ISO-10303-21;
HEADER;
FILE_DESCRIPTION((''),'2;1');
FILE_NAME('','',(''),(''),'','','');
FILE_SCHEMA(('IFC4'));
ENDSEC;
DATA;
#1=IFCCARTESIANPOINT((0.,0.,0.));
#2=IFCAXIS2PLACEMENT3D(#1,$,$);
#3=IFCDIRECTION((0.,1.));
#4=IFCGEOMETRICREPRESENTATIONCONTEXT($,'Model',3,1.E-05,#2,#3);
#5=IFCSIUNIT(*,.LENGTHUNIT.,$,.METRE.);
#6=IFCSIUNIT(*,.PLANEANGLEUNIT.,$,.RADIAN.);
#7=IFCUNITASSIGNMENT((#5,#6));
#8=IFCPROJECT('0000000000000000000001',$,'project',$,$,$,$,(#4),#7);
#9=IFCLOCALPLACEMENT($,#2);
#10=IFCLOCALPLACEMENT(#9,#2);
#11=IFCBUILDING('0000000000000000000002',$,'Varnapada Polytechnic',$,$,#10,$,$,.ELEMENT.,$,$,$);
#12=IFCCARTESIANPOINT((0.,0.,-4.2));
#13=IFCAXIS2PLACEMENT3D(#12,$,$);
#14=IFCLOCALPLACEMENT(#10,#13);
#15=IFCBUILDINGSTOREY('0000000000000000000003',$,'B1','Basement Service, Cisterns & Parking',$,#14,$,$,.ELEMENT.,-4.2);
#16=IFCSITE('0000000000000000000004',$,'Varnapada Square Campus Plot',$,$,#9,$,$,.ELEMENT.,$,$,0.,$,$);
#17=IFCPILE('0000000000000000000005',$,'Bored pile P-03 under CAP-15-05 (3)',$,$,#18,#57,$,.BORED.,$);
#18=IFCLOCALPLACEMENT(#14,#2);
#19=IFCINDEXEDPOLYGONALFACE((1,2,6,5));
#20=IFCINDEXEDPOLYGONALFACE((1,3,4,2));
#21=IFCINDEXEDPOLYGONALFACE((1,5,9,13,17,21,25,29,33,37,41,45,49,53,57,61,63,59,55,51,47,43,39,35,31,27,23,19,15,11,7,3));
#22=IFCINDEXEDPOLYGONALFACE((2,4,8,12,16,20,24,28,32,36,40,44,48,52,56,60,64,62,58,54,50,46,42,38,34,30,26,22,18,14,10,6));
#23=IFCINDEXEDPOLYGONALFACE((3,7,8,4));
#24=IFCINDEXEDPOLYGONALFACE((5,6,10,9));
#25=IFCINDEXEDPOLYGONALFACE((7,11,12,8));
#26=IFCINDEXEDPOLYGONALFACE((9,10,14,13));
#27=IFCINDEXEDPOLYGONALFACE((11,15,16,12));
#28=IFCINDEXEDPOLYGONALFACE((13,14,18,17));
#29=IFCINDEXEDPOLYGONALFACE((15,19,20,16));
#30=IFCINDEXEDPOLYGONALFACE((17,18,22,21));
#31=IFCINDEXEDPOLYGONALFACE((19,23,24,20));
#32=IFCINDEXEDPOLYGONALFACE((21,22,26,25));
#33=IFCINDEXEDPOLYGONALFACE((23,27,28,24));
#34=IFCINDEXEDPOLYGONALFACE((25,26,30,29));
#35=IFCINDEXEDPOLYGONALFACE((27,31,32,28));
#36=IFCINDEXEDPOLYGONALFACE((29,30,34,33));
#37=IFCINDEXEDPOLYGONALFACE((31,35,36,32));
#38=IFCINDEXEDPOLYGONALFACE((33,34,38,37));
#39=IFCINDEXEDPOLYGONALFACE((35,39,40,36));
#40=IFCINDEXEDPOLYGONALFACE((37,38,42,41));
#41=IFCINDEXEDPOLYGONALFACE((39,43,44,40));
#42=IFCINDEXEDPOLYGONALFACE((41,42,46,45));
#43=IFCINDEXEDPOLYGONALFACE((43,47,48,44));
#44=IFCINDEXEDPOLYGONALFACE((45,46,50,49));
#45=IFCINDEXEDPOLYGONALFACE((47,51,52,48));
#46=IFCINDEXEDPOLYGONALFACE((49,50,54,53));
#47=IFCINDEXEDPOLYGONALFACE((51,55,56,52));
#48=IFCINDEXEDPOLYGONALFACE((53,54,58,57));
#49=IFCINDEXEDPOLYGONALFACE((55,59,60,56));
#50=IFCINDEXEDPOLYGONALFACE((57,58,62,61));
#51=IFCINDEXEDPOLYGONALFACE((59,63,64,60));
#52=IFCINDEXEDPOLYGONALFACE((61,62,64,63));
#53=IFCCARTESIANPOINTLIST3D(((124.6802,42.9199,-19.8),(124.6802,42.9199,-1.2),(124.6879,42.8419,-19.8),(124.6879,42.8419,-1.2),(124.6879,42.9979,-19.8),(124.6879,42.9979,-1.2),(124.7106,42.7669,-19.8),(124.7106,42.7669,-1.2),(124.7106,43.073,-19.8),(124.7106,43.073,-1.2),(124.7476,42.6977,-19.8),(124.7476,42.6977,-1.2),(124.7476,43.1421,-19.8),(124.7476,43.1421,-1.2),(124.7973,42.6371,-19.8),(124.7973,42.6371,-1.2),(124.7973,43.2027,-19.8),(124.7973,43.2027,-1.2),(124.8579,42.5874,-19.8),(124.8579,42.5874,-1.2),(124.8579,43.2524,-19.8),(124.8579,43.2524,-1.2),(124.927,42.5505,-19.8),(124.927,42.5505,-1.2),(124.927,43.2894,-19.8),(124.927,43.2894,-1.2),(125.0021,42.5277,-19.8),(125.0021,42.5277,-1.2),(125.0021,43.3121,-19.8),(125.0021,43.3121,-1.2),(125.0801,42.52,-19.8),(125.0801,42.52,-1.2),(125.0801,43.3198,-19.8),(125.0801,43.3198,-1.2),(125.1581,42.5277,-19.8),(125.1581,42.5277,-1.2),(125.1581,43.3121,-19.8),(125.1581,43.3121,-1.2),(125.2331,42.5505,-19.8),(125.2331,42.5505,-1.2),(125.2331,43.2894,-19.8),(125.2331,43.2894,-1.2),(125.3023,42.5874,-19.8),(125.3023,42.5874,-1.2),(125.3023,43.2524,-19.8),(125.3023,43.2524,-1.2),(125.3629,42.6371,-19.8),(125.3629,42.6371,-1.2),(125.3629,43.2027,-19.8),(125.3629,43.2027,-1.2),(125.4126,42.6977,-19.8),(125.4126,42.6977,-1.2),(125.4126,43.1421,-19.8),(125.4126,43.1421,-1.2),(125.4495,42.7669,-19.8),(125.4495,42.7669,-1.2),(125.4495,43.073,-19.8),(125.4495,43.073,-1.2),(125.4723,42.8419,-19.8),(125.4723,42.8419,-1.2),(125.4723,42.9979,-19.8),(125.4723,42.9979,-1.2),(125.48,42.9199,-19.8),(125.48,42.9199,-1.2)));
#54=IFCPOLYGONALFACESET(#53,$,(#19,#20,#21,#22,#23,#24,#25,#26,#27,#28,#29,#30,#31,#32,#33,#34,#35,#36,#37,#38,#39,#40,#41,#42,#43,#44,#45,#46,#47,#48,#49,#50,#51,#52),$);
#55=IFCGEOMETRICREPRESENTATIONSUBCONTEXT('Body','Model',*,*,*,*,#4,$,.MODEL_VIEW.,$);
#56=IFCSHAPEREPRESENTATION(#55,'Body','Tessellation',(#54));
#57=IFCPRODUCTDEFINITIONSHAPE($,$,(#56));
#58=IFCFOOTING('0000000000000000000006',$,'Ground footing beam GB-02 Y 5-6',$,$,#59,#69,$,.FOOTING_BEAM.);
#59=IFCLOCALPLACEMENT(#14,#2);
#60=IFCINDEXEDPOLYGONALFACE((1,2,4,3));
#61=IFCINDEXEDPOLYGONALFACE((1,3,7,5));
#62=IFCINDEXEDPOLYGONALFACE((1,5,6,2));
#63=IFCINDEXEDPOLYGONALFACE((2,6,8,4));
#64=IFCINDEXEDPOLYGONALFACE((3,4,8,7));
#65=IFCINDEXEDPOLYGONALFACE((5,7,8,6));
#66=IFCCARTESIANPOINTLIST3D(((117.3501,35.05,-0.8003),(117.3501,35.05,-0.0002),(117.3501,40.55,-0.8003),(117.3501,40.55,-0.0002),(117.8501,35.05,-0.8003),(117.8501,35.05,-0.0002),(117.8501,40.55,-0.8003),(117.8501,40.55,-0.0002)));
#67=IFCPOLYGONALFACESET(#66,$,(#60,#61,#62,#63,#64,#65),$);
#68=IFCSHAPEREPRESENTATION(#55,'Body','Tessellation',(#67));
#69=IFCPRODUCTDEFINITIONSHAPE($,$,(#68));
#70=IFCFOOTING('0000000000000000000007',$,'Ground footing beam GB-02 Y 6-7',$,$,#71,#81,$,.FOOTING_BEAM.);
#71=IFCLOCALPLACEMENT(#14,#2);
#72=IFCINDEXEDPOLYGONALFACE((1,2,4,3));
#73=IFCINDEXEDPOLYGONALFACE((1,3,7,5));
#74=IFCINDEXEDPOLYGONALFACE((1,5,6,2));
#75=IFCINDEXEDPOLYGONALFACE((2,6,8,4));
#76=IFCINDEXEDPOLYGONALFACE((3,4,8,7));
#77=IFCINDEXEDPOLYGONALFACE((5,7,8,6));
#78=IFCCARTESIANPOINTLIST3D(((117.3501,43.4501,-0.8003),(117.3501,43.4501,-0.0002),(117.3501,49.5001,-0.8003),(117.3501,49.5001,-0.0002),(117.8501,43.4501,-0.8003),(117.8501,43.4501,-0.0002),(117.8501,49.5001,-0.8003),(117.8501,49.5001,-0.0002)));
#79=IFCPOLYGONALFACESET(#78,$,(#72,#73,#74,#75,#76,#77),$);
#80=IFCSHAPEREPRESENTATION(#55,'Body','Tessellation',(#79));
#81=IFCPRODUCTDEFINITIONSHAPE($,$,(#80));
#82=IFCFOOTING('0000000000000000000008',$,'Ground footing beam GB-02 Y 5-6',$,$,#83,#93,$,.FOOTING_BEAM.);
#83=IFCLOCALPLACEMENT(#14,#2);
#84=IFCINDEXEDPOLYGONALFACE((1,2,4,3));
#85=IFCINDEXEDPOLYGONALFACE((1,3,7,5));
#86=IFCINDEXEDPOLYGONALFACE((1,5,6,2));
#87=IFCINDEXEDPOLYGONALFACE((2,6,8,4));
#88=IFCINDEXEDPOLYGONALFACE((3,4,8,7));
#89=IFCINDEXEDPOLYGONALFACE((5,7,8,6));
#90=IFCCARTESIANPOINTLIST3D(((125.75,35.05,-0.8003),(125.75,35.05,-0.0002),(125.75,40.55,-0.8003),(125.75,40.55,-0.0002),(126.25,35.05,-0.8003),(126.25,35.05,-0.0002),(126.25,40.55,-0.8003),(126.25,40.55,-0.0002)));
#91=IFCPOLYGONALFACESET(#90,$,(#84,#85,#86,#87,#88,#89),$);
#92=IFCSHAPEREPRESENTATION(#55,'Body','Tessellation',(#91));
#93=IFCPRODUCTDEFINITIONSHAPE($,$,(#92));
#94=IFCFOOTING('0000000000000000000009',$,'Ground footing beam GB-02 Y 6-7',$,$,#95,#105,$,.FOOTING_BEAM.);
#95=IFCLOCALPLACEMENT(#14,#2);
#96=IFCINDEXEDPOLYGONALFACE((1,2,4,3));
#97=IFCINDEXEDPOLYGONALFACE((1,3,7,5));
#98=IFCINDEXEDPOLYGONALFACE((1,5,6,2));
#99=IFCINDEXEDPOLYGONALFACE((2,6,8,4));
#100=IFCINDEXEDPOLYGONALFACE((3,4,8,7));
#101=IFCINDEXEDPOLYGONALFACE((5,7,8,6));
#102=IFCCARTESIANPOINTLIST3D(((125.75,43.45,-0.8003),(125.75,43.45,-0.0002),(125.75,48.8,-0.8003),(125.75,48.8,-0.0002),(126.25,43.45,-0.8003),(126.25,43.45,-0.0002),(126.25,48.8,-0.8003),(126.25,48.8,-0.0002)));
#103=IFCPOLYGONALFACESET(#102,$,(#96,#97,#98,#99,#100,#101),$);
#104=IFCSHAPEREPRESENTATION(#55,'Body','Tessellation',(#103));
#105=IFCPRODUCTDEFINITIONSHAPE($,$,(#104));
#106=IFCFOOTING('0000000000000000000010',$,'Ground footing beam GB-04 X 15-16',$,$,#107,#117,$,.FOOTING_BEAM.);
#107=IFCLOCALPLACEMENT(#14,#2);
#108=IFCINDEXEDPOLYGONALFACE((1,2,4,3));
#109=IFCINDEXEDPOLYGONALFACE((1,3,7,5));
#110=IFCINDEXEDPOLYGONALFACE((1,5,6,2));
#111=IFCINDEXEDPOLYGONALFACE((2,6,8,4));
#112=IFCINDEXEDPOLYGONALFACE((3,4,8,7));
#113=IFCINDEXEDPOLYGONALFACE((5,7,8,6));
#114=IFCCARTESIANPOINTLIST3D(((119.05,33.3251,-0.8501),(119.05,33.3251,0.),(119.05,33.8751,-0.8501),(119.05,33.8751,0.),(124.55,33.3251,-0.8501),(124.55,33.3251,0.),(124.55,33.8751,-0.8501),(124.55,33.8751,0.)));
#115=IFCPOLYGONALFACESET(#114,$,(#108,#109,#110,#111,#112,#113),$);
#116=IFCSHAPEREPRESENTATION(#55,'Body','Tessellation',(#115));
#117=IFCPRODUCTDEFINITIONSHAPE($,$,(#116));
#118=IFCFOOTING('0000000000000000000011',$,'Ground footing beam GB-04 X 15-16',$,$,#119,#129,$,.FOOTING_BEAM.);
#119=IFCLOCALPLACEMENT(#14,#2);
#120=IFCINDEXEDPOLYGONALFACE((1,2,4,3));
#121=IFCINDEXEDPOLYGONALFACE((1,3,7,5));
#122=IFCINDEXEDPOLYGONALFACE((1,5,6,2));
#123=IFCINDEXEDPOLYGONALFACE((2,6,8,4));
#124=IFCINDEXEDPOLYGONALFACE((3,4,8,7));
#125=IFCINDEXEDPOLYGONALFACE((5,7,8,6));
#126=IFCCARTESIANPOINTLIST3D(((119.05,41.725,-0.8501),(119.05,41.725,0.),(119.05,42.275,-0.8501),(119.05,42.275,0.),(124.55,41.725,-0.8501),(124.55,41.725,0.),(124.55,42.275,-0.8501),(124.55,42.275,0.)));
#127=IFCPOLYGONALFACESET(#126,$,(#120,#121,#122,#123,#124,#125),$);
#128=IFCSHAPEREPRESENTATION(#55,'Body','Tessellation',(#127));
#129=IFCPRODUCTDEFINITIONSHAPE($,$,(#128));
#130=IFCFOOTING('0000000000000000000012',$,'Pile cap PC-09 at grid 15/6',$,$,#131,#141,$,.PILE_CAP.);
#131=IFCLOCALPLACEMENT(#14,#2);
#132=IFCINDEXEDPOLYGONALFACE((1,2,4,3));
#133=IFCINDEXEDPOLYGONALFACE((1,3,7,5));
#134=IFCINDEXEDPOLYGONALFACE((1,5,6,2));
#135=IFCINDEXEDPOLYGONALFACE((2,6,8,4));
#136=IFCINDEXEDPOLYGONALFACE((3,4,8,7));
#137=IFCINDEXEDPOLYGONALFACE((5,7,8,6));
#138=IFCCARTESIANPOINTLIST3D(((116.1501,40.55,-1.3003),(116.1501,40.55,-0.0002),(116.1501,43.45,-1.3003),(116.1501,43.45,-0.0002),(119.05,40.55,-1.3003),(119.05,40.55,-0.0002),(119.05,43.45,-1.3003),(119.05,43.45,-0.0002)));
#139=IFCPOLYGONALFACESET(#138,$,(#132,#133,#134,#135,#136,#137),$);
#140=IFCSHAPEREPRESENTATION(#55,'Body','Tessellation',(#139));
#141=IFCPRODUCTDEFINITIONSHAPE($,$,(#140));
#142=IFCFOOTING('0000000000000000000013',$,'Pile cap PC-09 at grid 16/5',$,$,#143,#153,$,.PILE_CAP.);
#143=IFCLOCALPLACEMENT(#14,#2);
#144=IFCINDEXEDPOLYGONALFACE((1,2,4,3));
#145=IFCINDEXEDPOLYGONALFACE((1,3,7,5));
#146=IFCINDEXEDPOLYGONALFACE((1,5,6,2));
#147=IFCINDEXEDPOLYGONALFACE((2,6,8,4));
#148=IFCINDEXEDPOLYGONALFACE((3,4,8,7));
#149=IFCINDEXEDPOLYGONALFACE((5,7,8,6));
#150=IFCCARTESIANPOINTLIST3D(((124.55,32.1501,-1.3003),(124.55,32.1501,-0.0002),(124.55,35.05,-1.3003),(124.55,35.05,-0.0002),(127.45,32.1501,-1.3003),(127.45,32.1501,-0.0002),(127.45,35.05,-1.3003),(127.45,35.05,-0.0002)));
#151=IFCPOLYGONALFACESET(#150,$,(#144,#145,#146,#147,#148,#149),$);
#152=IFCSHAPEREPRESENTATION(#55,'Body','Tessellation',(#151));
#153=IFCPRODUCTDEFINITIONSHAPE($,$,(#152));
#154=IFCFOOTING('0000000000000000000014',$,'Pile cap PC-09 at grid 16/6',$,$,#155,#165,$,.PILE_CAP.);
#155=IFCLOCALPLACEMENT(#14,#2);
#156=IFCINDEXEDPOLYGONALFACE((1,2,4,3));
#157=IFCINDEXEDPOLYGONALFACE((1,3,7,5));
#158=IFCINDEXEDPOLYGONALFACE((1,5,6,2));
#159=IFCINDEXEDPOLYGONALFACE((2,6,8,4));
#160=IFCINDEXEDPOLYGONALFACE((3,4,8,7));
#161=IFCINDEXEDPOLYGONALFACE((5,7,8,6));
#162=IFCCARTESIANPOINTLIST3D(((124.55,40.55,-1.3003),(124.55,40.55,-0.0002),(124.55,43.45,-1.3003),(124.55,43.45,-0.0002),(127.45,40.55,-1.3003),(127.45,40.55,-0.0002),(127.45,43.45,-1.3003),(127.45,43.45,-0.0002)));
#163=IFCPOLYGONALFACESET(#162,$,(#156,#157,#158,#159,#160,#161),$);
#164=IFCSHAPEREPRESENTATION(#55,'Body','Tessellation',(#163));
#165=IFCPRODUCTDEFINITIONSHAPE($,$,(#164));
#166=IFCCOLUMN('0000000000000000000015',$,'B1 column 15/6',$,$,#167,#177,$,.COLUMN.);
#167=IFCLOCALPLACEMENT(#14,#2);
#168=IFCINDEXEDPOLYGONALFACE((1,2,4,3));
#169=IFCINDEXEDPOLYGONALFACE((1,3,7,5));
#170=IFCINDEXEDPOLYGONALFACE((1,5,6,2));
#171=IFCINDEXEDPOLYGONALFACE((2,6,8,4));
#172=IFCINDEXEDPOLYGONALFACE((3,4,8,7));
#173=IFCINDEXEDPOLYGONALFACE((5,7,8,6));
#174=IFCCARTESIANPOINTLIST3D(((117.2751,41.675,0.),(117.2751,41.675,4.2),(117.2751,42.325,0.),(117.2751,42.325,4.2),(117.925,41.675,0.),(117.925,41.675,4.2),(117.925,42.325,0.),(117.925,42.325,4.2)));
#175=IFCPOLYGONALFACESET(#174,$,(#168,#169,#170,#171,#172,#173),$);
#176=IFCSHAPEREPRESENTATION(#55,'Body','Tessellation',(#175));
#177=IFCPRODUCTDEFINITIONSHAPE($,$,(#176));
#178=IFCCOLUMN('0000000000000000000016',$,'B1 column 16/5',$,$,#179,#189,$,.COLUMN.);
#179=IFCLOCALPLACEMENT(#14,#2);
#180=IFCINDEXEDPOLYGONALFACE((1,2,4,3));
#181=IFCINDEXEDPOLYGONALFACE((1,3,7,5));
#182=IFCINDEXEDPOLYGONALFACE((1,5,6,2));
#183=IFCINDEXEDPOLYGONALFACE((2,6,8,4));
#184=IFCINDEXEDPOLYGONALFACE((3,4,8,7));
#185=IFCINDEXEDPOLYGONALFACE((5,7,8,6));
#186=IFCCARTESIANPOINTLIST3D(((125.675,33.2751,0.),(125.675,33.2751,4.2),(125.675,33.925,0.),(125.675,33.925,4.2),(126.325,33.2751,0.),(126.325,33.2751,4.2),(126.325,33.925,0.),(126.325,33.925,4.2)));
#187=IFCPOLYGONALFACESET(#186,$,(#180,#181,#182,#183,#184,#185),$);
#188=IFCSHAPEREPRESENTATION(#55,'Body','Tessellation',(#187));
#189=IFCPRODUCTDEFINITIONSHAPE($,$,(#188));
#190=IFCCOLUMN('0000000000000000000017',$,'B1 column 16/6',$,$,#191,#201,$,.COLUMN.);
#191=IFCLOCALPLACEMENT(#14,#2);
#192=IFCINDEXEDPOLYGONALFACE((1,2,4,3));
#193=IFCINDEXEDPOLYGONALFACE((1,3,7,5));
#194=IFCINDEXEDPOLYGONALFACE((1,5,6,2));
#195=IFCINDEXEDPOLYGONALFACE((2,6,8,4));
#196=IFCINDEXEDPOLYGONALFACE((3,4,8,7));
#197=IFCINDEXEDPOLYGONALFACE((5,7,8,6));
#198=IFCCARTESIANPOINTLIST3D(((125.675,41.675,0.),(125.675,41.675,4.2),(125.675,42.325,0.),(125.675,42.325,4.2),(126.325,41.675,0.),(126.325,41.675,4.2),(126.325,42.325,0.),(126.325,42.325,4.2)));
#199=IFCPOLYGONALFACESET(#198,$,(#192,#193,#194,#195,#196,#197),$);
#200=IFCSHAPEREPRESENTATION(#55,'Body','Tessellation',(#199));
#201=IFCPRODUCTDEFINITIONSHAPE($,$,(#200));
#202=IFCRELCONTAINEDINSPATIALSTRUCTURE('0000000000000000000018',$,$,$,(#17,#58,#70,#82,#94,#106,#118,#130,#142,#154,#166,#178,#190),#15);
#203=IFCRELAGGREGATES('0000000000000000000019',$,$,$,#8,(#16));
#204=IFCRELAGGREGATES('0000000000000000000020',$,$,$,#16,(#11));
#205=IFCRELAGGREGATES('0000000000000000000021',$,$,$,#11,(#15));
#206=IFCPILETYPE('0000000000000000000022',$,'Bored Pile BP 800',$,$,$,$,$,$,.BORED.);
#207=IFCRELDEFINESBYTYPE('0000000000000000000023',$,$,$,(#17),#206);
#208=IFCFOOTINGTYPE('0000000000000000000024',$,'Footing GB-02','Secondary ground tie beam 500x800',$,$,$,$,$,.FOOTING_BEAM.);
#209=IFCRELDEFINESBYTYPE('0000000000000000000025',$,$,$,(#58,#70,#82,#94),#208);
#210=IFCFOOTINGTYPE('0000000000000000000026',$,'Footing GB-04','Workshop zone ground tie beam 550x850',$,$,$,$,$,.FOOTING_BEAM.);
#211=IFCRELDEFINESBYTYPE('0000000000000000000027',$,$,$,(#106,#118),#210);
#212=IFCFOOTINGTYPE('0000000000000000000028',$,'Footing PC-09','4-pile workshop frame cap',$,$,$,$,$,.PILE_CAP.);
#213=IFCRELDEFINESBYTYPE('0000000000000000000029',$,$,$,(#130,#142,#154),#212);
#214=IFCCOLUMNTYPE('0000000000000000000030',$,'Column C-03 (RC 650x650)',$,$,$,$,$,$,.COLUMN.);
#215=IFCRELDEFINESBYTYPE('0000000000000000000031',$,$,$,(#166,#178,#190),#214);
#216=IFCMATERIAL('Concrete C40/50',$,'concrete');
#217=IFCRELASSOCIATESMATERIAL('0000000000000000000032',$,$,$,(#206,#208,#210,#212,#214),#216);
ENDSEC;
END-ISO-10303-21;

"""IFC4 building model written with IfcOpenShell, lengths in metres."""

from ifc_helpers import new_model, si_unit, direction, frame, origin, origin_2d, place, context, subcontext, project, spatial, rectangle, circle, extrude, material, material_profile, profile_set, type_object, element, save


model = new_model("IFC4")

# Units and contexts
model_context = context("Model", 3, precision=1e-05, world=origin(), true_north=direction((0.0, 1.0)))
body_context = subcontext(model_context, "Body", "Model", "MODEL_VIEW")
ifc_project = project(units=[si_unit("LENGTHUNIT", "METRE"), si_unit("PLANEANGLEUNIT", "RADIAN")], contexts=[model_context])

# Site, building, storey
site_placement = place(None, origin())
site = spatial("IfcSite", under=ifc_project, at=site_placement, Name="Varnapada Square Campus Plot", CompositionType="ELEMENT", RefElevation=0.0)
building_placement = place(site_placement, origin())
building = spatial("IfcBuilding", under=site, at=building_placement, Name="Varnapada Polytechnic", CompositionType="ELEMENT")
storey_placement = place(building_placement, frame((0.0, 0.0, -4.2)))
storey = spatial("IfcBuildingStorey", under=building, at=storey_placement, Name="B1", Description="Basement Service, Cisterns & Parking", CompositionType="ELEMENT", Elevation=-4.2)

# Pile
ifc_material_1 = material(Name="Concrete C40/50", Category="concrete")
ifc_material_profile_1 = material_profile(ifc_material_1, circle(Radius=0.3999, at=origin_2d()), Name="BP 800")
ifc_profile_set_1 = profile_set([ifc_material_profile_1], Name="Concrete C40/50")
pile_type = type_object("IfcPileType", Name="Bored Pile BP 800", PredefinedType="BORED", material=ifc_profile_set_1)
for number, where, z_axis, x_axis, name in (
    (1, (125.0801, 42.9199, -1.2), (0.0, 0.0, -1.0), (1.0, 0.0, 0.0), "Bored pile P-03 under CAP-15-05 (3)"),
):
    element("IfcPile", number, at=place(storey_placement, frame(where, z_axis=z_axis, x_axis=x_axis)), inside=storey, type_object=pile_type, Name=name, PredefinedType="BORED", context=body_context, shape_type="SweptSolid", body=[
        extrude(circle(Radius=0.3999, at=origin_2d()), origin(), (0.0, 0.0, 1.0), 18.6001),
    ])

# Footings
footing_type_1 = type_object("IfcFootingType", Name="Footing GB-02", Description="Secondary ground tie beam 500x800", PredefinedType="FOOTING_BEAM", material=ifc_material_1)
footing_1_placement = place(storey_placement, frame((117.6001, 37.8, -0.8003), z_axis=(0.0, 0.0, 1.0), x_axis=(0.0, 1.0, 0.0)))
element("IfcFooting", 2, at=footing_1_placement, inside=storey, type_object=footing_type_1, Name="Ground footing beam GB-02 Y 5-6", PredefinedType="FOOTING_BEAM", context=body_context, shape_type="SweptSolid", body=[
    extrude(rectangle(XDim=5.5, YDim=0.5, at=origin_2d()), origin(), (0.0, 0.0, 1.0), 0.8),
])
footing_2_placement = place(storey_placement, frame((117.6001, 46.4751, -0.8003), z_axis=(0.0, 0.0, 1.0), x_axis=(0.0, 1.0, 0.0)))
element("IfcFooting", 3, at=footing_2_placement, inside=storey, type_object=footing_type_1, Name="Ground footing beam GB-02 Y 6-7", PredefinedType="FOOTING_BEAM", context=body_context, shape_type="SweptSolid", body=[
    extrude(rectangle(XDim=6.05, YDim=0.5, at=origin_2d()), origin(), (0.0, 0.0, 1.0), 0.8),
])
footing_3_placement = place(storey_placement, frame((126.0, 37.8, -0.8003), z_axis=(0.0, 0.0, 1.0), x_axis=(0.0, 1.0, 0.0)))
element("IfcFooting", 4, at=footing_3_placement, inside=storey, type_object=footing_type_1, Name="Ground footing beam GB-02 Y 5-6", PredefinedType="FOOTING_BEAM", context=body_context, shape_type="SweptSolid", body=[
    extrude(rectangle(XDim=5.5, YDim=0.5, at=origin_2d()), origin(), (0.0, 0.0, 1.0), 0.8),
])
footing_4_placement = place(storey_placement, frame((126.0, 46.125, -0.8003), z_axis=(0.0, 0.0, 1.0), x_axis=(0.0, 1.0, 0.0)))
element("IfcFooting", 5, at=footing_4_placement, inside=storey, type_object=footing_type_1, Name="Ground footing beam GB-02 Y 6-7", PredefinedType="FOOTING_BEAM", context=body_context, shape_type="SweptSolid", body=[
    extrude(rectangle(XDim=5.3501, YDim=0.5, at=origin_2d()), origin(), (0.0, 0.0, 1.0), 0.8),
])
footing_type_2 = type_object("IfcFootingType", Name="Footing GB-04", Description="Workshop zone ground tie beam 550x850", PredefinedType="FOOTING_BEAM", material=ifc_material_1)
for number, where, z_axis, x_axis, name in (
    (6, (121.8, 33.6001, -0.8501), (0.0, 0.0, 1.0), (1.0, 0.0, 0.0), "Ground footing beam GB-04 X 15-16"),
    (7, (121.8, 42.0, -0.8501), (0.0, 0.0, 1.0), (1.0, 0.0, 0.0), "Ground footing beam GB-04 X 15-16"),
):
    element("IfcFooting", number, at=place(storey_placement, frame(where, z_axis=z_axis, x_axis=x_axis)), inside=storey, type_object=footing_type_2, Name=name, PredefinedType="FOOTING_BEAM", context=body_context, shape_type="SweptSolid", body=[
        extrude(rectangle(XDim=5.5, YDim=0.55, at=origin_2d()), origin(), (0.0, 0.0, 1.0), 0.8501),
    ])
footing_type_3 = type_object("IfcFootingType", Name="Footing PC-09", Description="4-pile workshop frame cap", PredefinedType="PILE_CAP", material=ifc_material_1)
for number, where, z_axis, x_axis, name in (
    (8, (117.6001, 42.0, -1.3003), (0.0, 0.0, 1.0), (1.0, 0.0, 0.0), "Pile cap PC-09 at grid 15/6"),
    (9, (126.0, 33.6001, -1.3003), (0.0, 0.0, 1.0), (1.0, 0.0, 0.0), "Pile cap PC-09 at grid 16/5"),
    (10, (126.0, 42.0, -1.3003), (0.0, 0.0, 1.0), (1.0, 0.0, 0.0), "Pile cap PC-09 at grid 16/6"),
):
    element("IfcFooting", number, at=place(storey_placement, frame(where, z_axis=z_axis, x_axis=x_axis)), inside=storey, type_object=footing_type_3, Name=name, PredefinedType="PILE_CAP", context=body_context, shape_type="SweptSolid", body=[
        extrude(rectangle(XDim=2.8999, YDim=2.8999, at=origin_2d()), origin(), (0.0, 0.0, 1.0), 1.3),
    ])

# Columns
ifc_material_profile_2 = material_profile(ifc_material_1, rectangle(XDim=0.6499, YDim=0.6499, at=origin_2d()), Name="RC 650x650")
ifc_profile_set_2 = profile_set([ifc_material_profile_2], Name="Concrete C40/50")
column_type = type_object("IfcColumnType", Name="Column C-03 (RC 650x650)", PredefinedType="COLUMN", material=ifc_profile_set_2)
for number, where, z_axis, x_axis, name in (
    (11, (117.6001, 42.0, 0.0), (0.0, 0.0, 1.0), (1.0, 0.0, 0.0), "B1 column 15/6"),
    (12, (126.0, 33.6001, 0.0), (0.0, 0.0, 1.0), (1.0, 0.0, 0.0), "B1 column 16/5"),
    (13, (126.0, 42.0, 0.0), (0.0, 0.0, 1.0), (1.0, 0.0, 0.0), "B1 column 16/6"),
):
    element("IfcColumn", number, at=place(storey_placement, frame(where, z_axis=z_axis, x_axis=x_axis)), inside=storey, type_object=column_type, Name=name, PredefinedType="COLUMN", context=body_context, shape_type="SweptSolid", body=[
        extrude(rectangle(XDim=0.6499, YDim=0.6499, at=origin_2d()), origin(), (0.0, 0.0, 1.0), 4.2),
    ])

save(model, "model.ifc")
